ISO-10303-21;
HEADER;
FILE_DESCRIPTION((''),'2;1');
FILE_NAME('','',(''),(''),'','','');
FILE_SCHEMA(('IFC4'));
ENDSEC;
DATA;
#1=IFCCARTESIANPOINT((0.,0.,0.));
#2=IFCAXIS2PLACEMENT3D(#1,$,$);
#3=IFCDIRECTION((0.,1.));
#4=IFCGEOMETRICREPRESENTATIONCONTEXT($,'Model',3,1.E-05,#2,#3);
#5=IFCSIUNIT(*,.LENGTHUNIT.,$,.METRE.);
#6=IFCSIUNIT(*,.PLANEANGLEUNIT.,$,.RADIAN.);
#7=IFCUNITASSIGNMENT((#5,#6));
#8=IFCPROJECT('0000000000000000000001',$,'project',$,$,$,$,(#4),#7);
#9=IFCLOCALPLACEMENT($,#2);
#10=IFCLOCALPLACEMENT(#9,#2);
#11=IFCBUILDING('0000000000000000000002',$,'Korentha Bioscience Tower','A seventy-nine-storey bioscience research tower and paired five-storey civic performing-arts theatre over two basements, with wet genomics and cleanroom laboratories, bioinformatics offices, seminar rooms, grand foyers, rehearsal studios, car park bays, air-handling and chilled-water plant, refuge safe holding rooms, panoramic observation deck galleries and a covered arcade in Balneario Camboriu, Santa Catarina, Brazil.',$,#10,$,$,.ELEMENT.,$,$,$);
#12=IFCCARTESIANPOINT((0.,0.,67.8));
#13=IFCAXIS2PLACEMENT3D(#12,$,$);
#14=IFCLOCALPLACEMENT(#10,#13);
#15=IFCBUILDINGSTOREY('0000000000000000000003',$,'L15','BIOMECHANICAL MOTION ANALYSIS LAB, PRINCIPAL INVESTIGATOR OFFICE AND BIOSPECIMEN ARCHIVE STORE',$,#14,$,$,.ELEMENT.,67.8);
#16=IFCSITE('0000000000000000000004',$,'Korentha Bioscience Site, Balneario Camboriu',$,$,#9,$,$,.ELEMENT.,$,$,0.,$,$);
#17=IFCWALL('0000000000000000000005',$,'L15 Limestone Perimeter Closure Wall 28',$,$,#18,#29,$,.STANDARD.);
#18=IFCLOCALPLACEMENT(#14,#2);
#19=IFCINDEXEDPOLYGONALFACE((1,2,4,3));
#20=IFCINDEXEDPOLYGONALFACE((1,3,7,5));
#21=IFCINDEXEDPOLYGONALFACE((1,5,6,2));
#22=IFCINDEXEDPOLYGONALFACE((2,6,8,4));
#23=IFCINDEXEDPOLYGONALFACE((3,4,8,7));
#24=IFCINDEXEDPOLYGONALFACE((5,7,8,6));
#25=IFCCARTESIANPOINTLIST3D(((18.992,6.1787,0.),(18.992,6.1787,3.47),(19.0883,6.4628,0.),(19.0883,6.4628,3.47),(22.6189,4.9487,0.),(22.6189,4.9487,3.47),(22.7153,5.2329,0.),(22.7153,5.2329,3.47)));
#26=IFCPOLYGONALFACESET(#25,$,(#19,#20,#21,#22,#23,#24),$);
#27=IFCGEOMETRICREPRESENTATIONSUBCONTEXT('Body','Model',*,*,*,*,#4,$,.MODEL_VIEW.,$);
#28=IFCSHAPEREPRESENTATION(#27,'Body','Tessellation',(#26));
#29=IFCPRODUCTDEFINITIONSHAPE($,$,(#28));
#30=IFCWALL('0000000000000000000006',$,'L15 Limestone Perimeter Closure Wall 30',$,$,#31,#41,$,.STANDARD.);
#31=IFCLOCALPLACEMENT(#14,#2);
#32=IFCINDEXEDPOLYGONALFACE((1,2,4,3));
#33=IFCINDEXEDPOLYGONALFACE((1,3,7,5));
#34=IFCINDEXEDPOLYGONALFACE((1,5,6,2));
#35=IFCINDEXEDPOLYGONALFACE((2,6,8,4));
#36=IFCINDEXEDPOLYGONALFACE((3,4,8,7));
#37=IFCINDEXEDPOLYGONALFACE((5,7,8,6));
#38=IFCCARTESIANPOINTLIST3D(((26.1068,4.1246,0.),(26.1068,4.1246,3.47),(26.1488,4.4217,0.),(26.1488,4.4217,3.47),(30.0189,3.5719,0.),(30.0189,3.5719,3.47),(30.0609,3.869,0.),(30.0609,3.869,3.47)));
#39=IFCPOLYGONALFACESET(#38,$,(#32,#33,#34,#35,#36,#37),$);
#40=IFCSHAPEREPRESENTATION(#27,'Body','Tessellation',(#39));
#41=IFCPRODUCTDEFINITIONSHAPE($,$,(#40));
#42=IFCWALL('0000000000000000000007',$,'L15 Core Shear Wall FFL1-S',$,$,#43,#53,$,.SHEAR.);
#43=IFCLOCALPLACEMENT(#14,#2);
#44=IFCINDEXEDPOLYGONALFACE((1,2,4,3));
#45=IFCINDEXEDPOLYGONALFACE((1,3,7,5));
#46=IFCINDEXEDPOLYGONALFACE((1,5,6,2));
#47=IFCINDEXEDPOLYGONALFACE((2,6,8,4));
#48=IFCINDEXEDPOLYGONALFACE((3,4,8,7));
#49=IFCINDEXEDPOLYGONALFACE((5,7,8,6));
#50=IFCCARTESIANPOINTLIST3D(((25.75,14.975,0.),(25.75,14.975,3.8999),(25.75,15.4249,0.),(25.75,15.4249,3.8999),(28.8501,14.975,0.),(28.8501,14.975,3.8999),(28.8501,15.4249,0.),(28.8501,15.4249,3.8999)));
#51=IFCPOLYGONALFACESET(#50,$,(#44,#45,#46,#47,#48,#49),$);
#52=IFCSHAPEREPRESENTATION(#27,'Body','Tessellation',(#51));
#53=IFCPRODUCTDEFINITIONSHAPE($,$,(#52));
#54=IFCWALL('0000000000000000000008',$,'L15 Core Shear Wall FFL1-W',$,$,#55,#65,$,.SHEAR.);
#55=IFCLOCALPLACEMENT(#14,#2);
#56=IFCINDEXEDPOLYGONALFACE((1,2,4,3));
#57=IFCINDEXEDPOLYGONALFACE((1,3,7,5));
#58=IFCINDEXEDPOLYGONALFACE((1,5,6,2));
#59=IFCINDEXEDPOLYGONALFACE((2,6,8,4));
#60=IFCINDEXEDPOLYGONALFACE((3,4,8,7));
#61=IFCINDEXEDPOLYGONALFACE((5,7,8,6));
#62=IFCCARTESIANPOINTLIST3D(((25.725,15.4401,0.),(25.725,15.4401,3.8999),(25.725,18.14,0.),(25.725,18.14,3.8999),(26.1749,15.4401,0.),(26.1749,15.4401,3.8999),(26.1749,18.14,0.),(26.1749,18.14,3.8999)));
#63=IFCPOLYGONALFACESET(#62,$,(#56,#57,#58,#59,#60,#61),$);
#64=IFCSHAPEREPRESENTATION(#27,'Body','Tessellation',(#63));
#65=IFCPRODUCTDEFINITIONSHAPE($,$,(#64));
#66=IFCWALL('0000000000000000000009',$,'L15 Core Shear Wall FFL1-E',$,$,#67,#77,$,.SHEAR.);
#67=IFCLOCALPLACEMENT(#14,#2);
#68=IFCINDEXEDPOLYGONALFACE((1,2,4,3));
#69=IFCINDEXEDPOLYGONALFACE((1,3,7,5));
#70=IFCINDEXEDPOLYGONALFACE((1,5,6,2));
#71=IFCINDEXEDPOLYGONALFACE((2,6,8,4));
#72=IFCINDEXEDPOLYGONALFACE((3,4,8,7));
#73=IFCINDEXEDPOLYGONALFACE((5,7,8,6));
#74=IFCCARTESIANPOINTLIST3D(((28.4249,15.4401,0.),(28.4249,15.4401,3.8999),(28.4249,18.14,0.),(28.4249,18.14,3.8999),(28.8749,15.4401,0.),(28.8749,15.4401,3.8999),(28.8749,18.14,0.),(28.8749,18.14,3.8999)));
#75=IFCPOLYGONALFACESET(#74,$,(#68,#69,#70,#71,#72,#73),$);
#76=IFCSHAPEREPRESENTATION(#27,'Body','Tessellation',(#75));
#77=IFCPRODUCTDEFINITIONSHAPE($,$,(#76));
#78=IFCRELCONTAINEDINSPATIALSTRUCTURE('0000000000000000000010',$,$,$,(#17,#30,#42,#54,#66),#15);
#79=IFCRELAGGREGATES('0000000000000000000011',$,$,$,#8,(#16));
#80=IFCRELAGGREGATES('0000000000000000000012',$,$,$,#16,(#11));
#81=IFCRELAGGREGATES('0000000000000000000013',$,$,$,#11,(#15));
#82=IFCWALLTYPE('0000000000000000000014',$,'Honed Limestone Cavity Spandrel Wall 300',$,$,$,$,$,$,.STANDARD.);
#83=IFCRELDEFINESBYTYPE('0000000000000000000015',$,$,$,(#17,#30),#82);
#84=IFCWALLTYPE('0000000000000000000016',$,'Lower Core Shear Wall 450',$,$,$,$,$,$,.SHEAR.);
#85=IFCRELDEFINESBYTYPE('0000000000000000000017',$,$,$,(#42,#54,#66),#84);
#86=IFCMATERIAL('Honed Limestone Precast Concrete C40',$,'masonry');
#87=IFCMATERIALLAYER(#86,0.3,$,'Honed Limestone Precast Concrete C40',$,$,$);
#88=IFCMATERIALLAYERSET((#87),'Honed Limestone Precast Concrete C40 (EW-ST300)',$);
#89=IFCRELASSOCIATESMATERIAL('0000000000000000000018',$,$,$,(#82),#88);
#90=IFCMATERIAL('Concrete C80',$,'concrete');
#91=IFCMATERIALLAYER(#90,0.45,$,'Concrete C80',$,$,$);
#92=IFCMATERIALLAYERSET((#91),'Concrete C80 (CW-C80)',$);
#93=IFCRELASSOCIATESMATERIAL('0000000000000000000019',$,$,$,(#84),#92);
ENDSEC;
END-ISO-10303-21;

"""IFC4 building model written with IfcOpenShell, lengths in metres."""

from ifc_helpers import new_model, si_unit, direction, frame, frame_2d, origin, place, context, subcontext, project, spatial, rectangle, extrude, material, layer, layer_set, type_object, element, save


model = new_model("IFC4")

# Units and contexts
model_context = context("Model", 3, precision=1e-05, world=origin(), true_north=direction((0.0, 1.0)))
body_context = subcontext(model_context, "Body", "Model", "MODEL_VIEW")
ifc_project = project(units=[si_unit("LENGTHUNIT", "METRE"), si_unit("PLANEANGLEUNIT", "RADIAN")], contexts=[model_context])

# Site, building, storey
site_placement = place(None, origin())
site = spatial("IfcSite", under=ifc_project, at=site_placement, Name="Korentha Bioscience Site, Balneario Camboriu", CompositionType="ELEMENT", RefElevation=0.0)
building_placement = place(site_placement, origin())
building = spatial("IfcBuilding", under=site, at=building_placement, Name="Korentha Bioscience Tower", Description="A seventy-nine-storey bioscience research tower and paired five-storey civic performing-arts theatre over two basements, with wet genomics and cleanroom laboratories, bioinformatics offices, seminar rooms, grand foyers, rehearsal studios, car park bays, air-handling and chilled-water plant, refuge safe holding rooms, panoramic observation deck galleries and a covered arcade in Balneario Camboriu, Santa Catarina, Brazil.", CompositionType="ELEMENT")
storey_placement = place(building_placement, frame((0.0, 0.0, 67.8)))
storey = spatial("IfcBuildingStorey", under=building, at=storey_placement, Name="L15", Description="BIOMECHANICAL MOTION ANALYSIS LAB, PRINCIPAL INVESTIGATOR OFFICE AND BIOSPECIMEN ARCHIVE STORE", CompositionType="ELEMENT", Elevation=67.8)

# Shared definitions
ifc_material_1 = material(Name="Concrete C80", Category="concrete")

# Shared definitions
ifc_material_2 = material(Name="Honed Limestone Precast Concrete C40", Category="masonry")
ifc_layer_1 = layer(ifc_material_2, 0.3, Name="Honed Limestone Precast Concrete C40")
ifc_layer_set_1 = layer_set([ifc_layer_1], Name="Honed Limestone Precast Concrete C40 (EW-ST300)")
wall_type_1 = type_object("IfcWallType", Name="Honed Limestone Cavity Spandrel Wall 300", PredefinedType="STANDARD", material=ifc_layer_set_1)

# Walls
wall_1_placement = place(storey_placement, frame((19.04, 6.3208, 0.0), z_axis=(0.0, 0.0, 1.0), x_axis=(0.947026, -0.321158, 0.0)))
element("IfcWall", 1, at=wall_1_placement, inside=storey, type_object=wall_type_1, Name="L15 Limestone Perimeter Closure Wall 28", PredefinedType="STANDARD", context=body_context, shape_type="SweptSolid", body=[
    extrude(rectangle(XDim=3.8298, YDim=0.3, at=frame_2d((1.915, 0.0))), origin(), (0.0, 0.0, 1.0), 3.47),
])
wall_2_placement = place(storey_placement, frame((26.1277, 4.2732, 0.0), z_axis=(0.0, 0.0, 1.0), x_axis=(0.990166, -0.139899, 0.0)))
element("IfcWall", 2, at=wall_2_placement, inside=storey, type_object=wall_type_1, Name="L15 Limestone Perimeter Closure Wall 30", PredefinedType="STANDARD", context=body_context, shape_type="SweptSolid", body=[
    extrude(rectangle(XDim=3.9509, YDim=0.3, at=frame_2d((1.9756, 0.0))), origin(), (0.0, 0.0, 1.0), 3.47),
])
ifc_layer_2 = layer(ifc_material_1, 0.45, Name="Concrete C80")
ifc_layer_set_2 = layer_set([ifc_layer_2], Name="Concrete C80 (CW-C80)")
wall_type_2 = type_object("IfcWallType", Name="Lower Core Shear Wall 450", PredefinedType="SHEAR", material=ifc_layer_set_2)
wall_3_placement = place(storey_placement, frame((25.75, 15.2, 0.0), z_axis=(0.0, 0.0, 1.0), x_axis=(1.0, 0.0, 0.0)))
element("IfcWall", 3, at=wall_3_placement, inside=storey, type_object=wall_type_2, Name="L15 Core Shear Wall FFL1-S", PredefinedType="SHEAR", context=body_context, shape_type="SweptSolid", body=[
    extrude(rectangle(XDim=3.1001, YDim=0.45, at=frame_2d((1.55, 0.0))), origin(), (0.0, 0.0, 1.0), 3.8999),
])
for number, where, z_axis, x_axis, name in (
    (4, (25.95, 15.4399, 0.0), (0.0, 0.0, 1.0), (0.0, 1.0, 0.0), "L15 Core Shear Wall FFL1-W"),
    (5, (28.6499, 15.4399, 0.0), (0.0, 0.0, 1.0), (0.0, 1.0, 0.0), "L15 Core Shear Wall FFL1-E"),
):
    element("IfcWall", number, at=place(storey_placement, frame(where, z_axis=z_axis, x_axis=x_axis)), inside=storey, type_object=wall_type_2, Name=name, PredefinedType="SHEAR", context=body_context, shape_type="SweptSolid", body=[
        extrude(rectangle(XDim=2.7, YDim=0.45, at=frame_2d((1.3501, 0.0))), origin(), (0.0, 0.0, 1.0), 3.8999),
    ])

save(model, "model.ifc")
